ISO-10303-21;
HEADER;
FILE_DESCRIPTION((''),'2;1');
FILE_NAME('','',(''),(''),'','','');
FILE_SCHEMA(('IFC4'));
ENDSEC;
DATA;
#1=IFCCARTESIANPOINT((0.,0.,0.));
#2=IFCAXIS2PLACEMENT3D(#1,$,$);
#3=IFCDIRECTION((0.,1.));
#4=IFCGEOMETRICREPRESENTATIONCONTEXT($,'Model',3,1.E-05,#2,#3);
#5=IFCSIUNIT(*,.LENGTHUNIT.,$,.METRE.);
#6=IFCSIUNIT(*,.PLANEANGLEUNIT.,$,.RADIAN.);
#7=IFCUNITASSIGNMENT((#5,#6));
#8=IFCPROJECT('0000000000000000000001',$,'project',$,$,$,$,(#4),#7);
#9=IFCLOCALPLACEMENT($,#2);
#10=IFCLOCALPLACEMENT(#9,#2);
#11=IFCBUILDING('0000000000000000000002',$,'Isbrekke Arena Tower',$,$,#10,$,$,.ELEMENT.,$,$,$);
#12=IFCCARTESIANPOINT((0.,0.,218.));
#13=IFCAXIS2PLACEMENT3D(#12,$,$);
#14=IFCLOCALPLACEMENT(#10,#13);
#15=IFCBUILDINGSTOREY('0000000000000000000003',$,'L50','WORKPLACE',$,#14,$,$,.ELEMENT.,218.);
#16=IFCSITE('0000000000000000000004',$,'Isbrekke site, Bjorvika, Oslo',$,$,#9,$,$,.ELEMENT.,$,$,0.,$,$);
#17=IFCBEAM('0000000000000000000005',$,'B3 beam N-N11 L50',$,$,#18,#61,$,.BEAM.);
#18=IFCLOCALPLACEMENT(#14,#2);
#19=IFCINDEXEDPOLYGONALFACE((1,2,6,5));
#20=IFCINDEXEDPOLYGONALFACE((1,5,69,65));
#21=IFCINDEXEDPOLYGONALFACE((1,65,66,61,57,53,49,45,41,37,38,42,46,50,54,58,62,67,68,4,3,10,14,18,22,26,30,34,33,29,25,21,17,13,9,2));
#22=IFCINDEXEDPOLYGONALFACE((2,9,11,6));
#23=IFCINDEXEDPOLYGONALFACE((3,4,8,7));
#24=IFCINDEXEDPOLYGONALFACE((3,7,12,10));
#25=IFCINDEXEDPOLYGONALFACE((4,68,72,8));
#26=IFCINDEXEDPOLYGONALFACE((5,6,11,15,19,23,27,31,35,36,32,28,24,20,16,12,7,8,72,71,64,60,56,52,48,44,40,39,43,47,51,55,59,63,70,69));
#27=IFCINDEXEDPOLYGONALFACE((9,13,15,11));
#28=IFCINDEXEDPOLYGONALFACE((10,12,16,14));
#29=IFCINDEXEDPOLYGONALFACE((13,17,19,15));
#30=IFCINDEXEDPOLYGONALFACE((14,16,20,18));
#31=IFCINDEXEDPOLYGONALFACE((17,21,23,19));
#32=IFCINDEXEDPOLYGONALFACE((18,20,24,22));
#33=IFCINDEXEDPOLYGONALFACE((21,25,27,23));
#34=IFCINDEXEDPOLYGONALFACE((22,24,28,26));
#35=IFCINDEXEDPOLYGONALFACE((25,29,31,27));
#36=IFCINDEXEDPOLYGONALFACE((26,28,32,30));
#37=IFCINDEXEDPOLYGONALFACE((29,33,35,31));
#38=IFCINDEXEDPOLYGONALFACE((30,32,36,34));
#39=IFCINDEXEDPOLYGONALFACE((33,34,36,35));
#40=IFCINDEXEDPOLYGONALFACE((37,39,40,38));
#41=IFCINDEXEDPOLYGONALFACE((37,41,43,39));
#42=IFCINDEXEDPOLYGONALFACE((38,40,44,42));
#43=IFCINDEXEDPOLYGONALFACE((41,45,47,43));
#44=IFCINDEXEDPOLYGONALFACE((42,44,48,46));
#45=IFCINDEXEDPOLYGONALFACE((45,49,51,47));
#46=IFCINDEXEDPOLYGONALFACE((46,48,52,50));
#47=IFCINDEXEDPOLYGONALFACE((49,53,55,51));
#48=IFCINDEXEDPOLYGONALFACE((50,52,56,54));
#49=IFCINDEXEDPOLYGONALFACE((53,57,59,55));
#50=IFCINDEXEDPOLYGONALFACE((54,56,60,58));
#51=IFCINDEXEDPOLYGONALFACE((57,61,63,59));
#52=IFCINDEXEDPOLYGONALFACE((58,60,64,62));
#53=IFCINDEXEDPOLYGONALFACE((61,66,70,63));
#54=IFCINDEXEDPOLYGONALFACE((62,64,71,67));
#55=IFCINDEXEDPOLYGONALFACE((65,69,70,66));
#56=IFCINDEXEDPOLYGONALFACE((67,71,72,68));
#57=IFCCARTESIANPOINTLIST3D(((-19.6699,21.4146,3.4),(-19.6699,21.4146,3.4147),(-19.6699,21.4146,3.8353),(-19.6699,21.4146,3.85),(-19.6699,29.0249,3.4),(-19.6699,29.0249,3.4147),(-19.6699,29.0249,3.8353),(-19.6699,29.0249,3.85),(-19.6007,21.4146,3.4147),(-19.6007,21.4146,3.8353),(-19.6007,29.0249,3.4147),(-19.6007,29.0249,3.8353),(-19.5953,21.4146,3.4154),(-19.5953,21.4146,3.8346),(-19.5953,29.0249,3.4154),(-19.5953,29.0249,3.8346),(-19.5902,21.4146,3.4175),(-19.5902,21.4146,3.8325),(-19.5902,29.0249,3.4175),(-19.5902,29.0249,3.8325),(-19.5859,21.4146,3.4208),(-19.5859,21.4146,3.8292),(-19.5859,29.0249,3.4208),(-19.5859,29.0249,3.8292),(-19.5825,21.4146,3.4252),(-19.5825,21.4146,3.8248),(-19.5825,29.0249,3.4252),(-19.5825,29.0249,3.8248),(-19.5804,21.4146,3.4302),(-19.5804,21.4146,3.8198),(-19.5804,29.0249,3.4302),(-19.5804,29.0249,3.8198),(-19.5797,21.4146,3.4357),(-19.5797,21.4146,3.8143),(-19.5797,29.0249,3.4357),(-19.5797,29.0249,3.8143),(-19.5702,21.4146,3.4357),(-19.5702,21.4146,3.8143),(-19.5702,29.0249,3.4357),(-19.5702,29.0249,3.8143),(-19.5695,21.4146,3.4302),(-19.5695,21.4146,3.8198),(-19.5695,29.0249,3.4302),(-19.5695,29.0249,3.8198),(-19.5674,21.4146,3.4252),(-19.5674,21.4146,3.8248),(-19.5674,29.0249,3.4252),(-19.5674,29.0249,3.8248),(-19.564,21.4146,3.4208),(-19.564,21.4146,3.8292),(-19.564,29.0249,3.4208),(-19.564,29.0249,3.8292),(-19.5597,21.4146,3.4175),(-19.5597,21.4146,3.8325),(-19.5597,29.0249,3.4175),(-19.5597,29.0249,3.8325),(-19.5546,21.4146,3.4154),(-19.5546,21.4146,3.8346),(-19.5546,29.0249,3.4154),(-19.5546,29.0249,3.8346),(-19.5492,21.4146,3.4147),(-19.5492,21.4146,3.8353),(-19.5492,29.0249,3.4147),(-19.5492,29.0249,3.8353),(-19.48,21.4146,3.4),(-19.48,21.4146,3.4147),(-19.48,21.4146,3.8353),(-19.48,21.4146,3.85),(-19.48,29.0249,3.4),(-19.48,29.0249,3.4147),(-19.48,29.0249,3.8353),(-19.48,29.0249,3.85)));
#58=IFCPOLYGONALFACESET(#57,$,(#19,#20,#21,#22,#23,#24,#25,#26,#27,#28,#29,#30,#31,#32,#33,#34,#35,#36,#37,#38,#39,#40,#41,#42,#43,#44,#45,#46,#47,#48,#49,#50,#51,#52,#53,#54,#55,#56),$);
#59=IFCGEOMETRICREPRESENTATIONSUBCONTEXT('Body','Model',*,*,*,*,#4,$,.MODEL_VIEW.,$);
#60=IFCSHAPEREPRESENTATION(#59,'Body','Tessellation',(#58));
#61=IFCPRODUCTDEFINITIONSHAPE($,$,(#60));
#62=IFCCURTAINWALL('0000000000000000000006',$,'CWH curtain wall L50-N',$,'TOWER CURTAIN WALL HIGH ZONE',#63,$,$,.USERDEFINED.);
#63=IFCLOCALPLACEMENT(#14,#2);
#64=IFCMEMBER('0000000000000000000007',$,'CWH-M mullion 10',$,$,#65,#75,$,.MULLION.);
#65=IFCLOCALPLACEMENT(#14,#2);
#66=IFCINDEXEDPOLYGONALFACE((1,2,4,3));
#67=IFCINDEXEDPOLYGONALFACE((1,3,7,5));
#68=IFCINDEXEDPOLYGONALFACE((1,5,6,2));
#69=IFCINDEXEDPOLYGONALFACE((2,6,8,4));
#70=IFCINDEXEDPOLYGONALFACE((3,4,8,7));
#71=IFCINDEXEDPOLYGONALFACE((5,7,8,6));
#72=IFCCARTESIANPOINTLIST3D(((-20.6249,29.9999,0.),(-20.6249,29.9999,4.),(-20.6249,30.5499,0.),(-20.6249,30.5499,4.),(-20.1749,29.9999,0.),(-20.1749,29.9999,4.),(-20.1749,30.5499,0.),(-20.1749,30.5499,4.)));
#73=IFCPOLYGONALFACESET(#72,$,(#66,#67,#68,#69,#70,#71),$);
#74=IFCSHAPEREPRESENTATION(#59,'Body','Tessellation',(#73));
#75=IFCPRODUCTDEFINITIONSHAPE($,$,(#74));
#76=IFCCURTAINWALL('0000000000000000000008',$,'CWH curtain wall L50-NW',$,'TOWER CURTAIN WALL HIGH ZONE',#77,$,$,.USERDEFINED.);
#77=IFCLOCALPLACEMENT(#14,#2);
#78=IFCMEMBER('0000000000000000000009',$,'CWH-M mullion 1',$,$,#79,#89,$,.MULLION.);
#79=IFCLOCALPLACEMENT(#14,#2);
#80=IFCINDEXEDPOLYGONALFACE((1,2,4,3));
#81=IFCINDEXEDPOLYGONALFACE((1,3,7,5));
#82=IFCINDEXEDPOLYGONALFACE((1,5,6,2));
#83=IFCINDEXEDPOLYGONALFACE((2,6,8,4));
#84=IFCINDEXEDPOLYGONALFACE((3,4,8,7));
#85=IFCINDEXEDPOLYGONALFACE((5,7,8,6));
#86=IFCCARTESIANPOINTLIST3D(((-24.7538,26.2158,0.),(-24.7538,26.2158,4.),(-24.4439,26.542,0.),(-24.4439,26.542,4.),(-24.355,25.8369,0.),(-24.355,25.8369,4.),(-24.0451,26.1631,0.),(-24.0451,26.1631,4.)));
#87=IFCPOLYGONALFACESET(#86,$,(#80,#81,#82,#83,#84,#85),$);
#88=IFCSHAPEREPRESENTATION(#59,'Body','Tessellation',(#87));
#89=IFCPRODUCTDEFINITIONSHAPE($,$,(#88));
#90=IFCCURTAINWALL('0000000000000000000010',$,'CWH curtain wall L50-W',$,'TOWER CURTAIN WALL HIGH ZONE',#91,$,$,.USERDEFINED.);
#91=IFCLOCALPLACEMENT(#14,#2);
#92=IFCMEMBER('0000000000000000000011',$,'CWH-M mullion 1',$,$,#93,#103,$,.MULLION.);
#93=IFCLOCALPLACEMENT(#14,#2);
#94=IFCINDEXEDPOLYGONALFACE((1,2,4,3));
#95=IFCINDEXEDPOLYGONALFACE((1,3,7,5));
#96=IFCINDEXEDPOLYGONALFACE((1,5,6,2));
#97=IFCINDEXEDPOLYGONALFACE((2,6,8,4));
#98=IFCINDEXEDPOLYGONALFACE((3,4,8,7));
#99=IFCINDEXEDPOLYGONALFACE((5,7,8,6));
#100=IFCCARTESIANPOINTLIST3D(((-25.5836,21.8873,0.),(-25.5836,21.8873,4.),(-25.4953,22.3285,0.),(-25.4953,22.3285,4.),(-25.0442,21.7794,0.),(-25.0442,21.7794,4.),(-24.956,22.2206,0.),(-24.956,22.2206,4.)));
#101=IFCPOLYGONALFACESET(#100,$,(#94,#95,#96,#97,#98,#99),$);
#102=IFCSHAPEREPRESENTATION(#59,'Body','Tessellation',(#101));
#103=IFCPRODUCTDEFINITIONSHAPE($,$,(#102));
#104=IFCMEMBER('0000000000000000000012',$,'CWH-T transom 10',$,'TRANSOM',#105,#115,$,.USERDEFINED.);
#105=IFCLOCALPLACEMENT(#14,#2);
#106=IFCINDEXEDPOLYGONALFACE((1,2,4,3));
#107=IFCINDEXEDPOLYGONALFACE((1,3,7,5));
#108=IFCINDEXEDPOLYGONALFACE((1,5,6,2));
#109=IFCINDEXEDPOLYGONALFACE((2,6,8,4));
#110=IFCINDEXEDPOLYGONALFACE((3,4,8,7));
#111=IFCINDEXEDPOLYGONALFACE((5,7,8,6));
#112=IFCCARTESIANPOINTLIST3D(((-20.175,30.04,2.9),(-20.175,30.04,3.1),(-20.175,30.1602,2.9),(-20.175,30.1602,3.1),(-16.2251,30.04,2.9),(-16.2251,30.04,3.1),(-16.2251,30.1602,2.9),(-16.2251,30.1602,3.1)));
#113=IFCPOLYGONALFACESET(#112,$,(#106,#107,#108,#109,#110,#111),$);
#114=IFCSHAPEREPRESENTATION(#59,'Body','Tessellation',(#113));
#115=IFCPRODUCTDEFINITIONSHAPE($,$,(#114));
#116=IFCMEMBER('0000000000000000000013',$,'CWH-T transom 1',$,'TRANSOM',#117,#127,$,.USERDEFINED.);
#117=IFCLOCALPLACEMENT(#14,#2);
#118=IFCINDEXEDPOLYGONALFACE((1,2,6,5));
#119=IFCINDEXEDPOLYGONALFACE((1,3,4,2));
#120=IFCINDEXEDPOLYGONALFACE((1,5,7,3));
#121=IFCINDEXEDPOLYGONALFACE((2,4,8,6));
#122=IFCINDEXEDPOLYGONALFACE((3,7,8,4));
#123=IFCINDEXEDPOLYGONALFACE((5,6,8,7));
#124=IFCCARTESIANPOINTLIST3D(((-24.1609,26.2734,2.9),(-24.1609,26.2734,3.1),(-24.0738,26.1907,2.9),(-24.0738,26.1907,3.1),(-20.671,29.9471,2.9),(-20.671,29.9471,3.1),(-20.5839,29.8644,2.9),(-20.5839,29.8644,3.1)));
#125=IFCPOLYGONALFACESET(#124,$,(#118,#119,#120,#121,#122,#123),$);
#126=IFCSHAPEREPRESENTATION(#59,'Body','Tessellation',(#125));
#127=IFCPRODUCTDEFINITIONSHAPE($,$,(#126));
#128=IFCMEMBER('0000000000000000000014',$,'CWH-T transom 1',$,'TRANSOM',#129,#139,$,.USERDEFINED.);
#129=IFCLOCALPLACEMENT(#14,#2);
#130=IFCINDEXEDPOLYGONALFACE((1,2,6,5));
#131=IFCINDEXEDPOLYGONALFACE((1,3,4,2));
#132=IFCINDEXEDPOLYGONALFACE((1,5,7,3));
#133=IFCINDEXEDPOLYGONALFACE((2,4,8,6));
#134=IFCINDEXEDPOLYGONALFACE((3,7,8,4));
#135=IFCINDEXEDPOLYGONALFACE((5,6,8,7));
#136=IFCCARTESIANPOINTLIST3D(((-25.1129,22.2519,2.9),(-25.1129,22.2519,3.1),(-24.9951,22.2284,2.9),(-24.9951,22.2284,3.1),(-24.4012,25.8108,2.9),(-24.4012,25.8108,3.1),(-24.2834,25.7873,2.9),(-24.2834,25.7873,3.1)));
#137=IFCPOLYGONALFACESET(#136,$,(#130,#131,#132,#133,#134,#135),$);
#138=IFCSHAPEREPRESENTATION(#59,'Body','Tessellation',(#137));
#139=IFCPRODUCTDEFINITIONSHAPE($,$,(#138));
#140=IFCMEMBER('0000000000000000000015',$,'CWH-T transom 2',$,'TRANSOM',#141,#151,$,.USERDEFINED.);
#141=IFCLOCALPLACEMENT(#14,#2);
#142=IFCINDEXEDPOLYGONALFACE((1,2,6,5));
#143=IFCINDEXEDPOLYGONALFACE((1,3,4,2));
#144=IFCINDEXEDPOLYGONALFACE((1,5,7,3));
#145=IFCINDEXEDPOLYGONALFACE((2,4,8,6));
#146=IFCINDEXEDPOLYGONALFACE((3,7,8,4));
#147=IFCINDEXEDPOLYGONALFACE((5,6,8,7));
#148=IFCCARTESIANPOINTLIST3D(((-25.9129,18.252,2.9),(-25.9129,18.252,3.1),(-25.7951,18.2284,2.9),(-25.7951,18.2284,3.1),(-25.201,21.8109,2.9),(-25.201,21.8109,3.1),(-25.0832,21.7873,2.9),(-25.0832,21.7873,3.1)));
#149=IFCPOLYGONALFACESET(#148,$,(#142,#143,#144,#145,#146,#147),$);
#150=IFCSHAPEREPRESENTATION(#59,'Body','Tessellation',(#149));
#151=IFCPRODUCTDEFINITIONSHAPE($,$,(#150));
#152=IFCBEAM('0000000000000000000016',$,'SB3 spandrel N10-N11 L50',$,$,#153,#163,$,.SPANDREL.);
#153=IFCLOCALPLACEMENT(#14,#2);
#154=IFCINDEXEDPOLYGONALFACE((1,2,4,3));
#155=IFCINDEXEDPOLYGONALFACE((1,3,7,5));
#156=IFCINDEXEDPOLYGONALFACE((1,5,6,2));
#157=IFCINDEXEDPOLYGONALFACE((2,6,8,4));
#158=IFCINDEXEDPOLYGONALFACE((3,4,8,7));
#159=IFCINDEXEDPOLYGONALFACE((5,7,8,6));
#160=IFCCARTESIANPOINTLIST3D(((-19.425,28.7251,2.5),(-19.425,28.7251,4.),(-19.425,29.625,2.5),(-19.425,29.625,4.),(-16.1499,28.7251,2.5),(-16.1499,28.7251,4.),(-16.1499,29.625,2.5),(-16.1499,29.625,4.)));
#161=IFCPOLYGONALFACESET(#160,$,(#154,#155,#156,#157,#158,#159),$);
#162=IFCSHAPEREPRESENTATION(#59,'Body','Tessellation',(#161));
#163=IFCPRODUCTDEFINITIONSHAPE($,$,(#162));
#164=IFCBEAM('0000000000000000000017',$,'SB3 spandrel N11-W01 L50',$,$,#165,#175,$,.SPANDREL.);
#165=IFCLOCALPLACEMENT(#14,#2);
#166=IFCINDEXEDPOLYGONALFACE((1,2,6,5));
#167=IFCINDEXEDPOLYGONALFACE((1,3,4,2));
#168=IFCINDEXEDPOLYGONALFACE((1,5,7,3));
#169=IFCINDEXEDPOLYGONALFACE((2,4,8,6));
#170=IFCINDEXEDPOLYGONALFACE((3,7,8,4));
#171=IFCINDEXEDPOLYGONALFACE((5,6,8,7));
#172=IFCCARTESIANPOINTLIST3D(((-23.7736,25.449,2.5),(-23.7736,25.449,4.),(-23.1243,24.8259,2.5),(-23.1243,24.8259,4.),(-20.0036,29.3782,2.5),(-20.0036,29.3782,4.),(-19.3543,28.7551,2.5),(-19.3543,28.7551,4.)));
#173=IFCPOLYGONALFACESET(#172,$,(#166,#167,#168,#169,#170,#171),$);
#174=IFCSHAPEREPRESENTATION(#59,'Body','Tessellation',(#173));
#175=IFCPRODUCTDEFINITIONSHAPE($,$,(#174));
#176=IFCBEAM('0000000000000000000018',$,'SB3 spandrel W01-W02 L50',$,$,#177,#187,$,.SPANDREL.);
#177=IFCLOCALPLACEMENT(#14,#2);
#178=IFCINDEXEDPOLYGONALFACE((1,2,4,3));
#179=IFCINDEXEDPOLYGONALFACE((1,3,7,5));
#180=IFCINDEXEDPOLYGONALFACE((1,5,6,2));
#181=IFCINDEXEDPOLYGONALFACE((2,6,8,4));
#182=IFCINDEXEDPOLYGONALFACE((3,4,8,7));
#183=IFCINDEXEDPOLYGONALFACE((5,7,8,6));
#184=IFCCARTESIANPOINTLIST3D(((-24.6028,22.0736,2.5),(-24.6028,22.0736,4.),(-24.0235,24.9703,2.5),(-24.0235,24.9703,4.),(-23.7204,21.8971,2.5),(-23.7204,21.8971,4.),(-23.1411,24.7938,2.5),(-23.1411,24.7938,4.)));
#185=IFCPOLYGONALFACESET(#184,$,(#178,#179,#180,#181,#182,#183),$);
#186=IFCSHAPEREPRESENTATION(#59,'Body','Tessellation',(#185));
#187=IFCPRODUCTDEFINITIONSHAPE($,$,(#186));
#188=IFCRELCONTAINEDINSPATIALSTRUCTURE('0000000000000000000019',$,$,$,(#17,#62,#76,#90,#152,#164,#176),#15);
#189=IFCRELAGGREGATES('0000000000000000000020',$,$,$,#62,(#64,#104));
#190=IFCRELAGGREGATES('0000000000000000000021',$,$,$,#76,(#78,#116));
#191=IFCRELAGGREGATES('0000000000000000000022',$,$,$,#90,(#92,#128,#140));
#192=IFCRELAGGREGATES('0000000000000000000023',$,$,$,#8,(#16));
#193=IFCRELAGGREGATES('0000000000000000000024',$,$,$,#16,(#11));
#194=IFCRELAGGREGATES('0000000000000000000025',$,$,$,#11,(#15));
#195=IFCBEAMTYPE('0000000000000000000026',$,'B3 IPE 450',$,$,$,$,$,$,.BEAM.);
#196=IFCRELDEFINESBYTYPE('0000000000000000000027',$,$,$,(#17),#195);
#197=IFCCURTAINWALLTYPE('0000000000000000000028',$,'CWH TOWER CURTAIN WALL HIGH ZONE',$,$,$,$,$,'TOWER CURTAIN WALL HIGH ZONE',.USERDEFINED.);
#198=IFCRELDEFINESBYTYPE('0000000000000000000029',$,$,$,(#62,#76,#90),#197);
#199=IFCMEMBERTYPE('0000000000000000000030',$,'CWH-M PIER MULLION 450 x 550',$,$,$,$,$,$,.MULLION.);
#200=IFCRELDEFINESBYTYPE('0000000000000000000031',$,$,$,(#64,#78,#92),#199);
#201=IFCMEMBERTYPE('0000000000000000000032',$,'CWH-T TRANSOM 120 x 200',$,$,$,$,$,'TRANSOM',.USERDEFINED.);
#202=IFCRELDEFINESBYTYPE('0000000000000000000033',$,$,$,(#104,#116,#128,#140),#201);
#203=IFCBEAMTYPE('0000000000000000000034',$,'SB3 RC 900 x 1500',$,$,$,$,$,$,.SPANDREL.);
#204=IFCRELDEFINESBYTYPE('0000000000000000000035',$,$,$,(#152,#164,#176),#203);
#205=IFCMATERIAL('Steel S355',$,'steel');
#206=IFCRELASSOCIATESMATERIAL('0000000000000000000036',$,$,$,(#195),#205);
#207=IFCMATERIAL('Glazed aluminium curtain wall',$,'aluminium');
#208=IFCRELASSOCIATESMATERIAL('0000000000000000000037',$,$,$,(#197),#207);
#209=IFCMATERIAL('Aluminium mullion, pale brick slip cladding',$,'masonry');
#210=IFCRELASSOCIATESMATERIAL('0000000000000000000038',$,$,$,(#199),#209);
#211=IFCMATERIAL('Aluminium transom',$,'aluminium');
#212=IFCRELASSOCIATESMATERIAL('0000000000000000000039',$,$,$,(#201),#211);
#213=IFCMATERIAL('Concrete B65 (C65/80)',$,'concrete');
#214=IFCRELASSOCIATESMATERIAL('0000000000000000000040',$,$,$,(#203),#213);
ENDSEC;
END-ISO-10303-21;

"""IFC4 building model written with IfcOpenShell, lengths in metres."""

from ifc_helpers import new_model, si_unit, direction, frame, origin, origin_2d, place, context, subcontext, project, spatial, rectangle, i_section, extrude, material, material_profile, profile_set, type_object, element, aggregate, save


model = new_model("IFC4")

# Units and contexts
model_context = context("Model", 3, precision=1e-05, world=origin(), true_north=direction((0.0, 1.0)))
body_context = subcontext(model_context, "Body", "Model", "MODEL_VIEW")
ifc_project = project(units=[si_unit("LENGTHUNIT", "METRE"), si_unit("PLANEANGLEUNIT", "RADIAN")], contexts=[model_context])

# Site, building, storey
site_placement = place(None, origin())
site = spatial("IfcSite", under=ifc_project, at=site_placement, Name="Isbrekke site, Bjorvika, Oslo", CompositionType="ELEMENT", RefElevation=0.0)
building_placement = place(site_placement, origin())
building = spatial("IfcBuilding", under=site, at=building_placement, Name="Isbrekke Arena Tower", CompositionType="ELEMENT")
storey_placement = place(building_placement, frame((0.0, 0.0, 218.0)))
storey = spatial("IfcBuildingStorey", under=building, at=storey_placement, Name="L50", Description="WORKPLACE", CompositionType="ELEMENT", Elevation=218.0)

# Beam
ifc_material_1 = material(Name="Steel S355", Category="steel")
ifc_material_profile_1 = material_profile(ifc_material_1, i_section(OverallWidth=0.1899, OverallDepth=0.45, WebThickness=0.0095, FlangeThickness=0.0146, FilletRadius=0.021, at=origin_2d()), Name="IPE 450")
ifc_profile_set_1 = profile_set([ifc_material_profile_1], Name="Steel S355")
beam_type_1 = type_object("IfcBeamType", Name="B3 IPE 450", PredefinedType="BEAM", material=ifc_profile_set_1)
beam_1_placement = place(storey_placement, frame((-19.575, 29.0249, 3.625), z_axis=(0.0, -1.0, 0.0), x_axis=(1.0, 0.0, 0.0)))
element("IfcBeam", 1, at=beam_1_placement, inside=storey, type_object=beam_type_1, Name="B3 beam N-N11 L50", PredefinedType="BEAM", context=body_context, shape_type="SweptSolid", body=[
    extrude(i_section(OverallWidth=0.1899, OverallDepth=0.45, WebThickness=0.0095, FlangeThickness=0.0146, FilletRadius=0.021, at=origin_2d()), origin(), (0.0, 0.0, 1.0), 7.6104),
])

# Curtain walls, members
ifc_material_2 = material(Name="Glazed aluminium curtain wall", Category="aluminium")
curtain_wall_type = type_object("IfcCurtainWallType", Name="CWH TOWER CURTAIN WALL HIGH ZONE", ElementType="TOWER CURTAIN WALL HIGH ZONE", PredefinedType="USERDEFINED", material=ifc_material_2)
curtain_wall_1_placement = place(storey_placement, origin())
curtain_wall_1 = element("IfcCurtainWall", 2, at=curtain_wall_1_placement, inside=storey, type_object=curtain_wall_type, Name="CWH curtain wall L50-N", ObjectType="TOWER CURTAIN WALL HIGH ZONE", PredefinedType="USERDEFINED")
ifc_material_3 = material(Name="Aluminium mullion, pale brick slip cladding", Category="masonry")
ifc_material_profile_2 = material_profile(ifc_material_3, rectangle(XDim=0.45, YDim=0.55, at=origin_2d()), Name="PIER 450X550")
ifc_profile_set_2 = profile_set([ifc_material_profile_2], Name="Aluminium mullion, pale brick slip cladding")
member_type_1 = type_object("IfcMemberType", Name="CWH-M PIER MULLION 450 x 550", PredefinedType="MULLION", material=ifc_profile_set_2)
member_1_placement = place(storey_placement, frame((-20.3999, 30.2749, 0.0), z_axis=(0.0, 0.0, 1.0), x_axis=(-1.0, 0.0, 0.0)))
member_1 = element("IfcMember", 3, at=member_1_placement, type_object=member_type_1, Name="CWH-M mullion 10", PredefinedType="MULLION", context=body_context, shape_type="SweptSolid", body=[
    extrude(rectangle(XDim=0.45, YDim=0.55, at=origin_2d()), origin(), (0.0, 0.0, 1.0), 4.0),
])
curtain_wall_2_placement = place(storey_placement, origin())
curtain_wall_2 = element("IfcCurtainWall", 4, at=curtain_wall_2_placement, inside=storey, type_object=curtain_wall_type, Name="CWH curtain wall L50-NW", ObjectType="TOWER CURTAIN WALL HIGH ZONE", PredefinedType="USERDEFINED")
member_2_placement = place(storey_placement, frame((-24.3994, 26.1895, 0.0), z_axis=(0.0, 0.0, 1.0), x_axis=(-0.688749, -0.724999, 0.0)))
member_2 = element("IfcMember", 5, at=member_2_placement, type_object=member_type_1, Name="CWH-M mullion 1", PredefinedType="MULLION", context=body_context, shape_type="SweptSolid", body=[
    extrude(rectangle(XDim=0.45, YDim=0.55, at=origin_2d()), origin(), (0.0, 0.0, 1.0), 4.0),
])
curtain_wall_3_placement = place(storey_placement, origin())
curtain_wall_3 = element("IfcCurtainWall", 6, at=curtain_wall_3_placement, inside=storey, type_object=curtain_wall_type, Name="CWH curtain wall L50-W", ObjectType="TOWER CURTAIN WALL HIGH ZONE", PredefinedType="USERDEFINED")
member_3_placement = place(storey_placement, frame((-25.2698, 22.054, 0.0), z_axis=(0.0, 0.0, 1.0), x_axis=(-0.196116, -0.980581, 0.0)))
member_3 = element("IfcMember", 7, at=member_3_placement, type_object=member_type_1, Name="CWH-M mullion 1", PredefinedType="MULLION", context=body_context, shape_type="SweptSolid", body=[
    extrude(rectangle(XDim=0.45, YDim=0.55, at=origin_2d()), origin(), (0.0, 0.0, 1.0), 4.0),
])

# Members
ifc_material_4 = material(Name="Aluminium transom", Category="aluminium")
ifc_material_profile_3 = material_profile(ifc_material_4, rectangle(XDim=0.1201, YDim=0.2, at=origin_2d()), Name="TRANSOM 120X200")
ifc_profile_set_3 = profile_set([ifc_material_profile_3], Name="Aluminium transom")
member_type_2 = type_object("IfcMemberType", Name="CWH-T TRANSOM 120 x 200", ElementType="TRANSOM", PredefinedType="USERDEFINED", material=ifc_profile_set_3)
member_4_placement = place(storey_placement, frame((-16.2251, 30.1001, 3.0), z_axis=(-1.0, 0.0, 0.0), x_axis=(0.0, -1.0, 0.0)))
member_4 = element("IfcMember", 8, at=member_4_placement, type_object=member_type_2, Name="CWH-T transom 10", ObjectType="TRANSOM", PredefinedType="USERDEFINED", context=body_context, shape_type="SweptSolid", body=[
    extrude(rectangle(XDim=0.1201, YDim=0.2, at=origin_2d()), origin(), (0.0, 0.0, 1.0), 3.95),
])
member_5_placement = place(storey_placement, frame((-20.6274, 29.9058, 3.0), z_axis=(-0.688734, -0.725014, 0.0), x_axis=(0.725014, -0.688734, 0.0)))
member_5 = element("IfcMember", 9, at=member_5_placement, type_object=member_type_2, Name="CWH-T transom 1", ObjectType="TRANSOM", PredefinedType="USERDEFINED", context=body_context, shape_type="SweptSolid", body=[
    extrude(rectangle(XDim=0.1201, YDim=0.2, at=origin_2d()), origin(), (0.0, 0.0, 1.0), 5.0671),
])
member_6_placement = place(storey_placement, frame((-24.3423, 25.7991, 3.0), z_axis=(-0.19609, -0.980586, 0.0), x_axis=(0.980586, -0.19609, 0.0)))
member_6 = element("IfcMember", 10, at=member_6_placement, type_object=member_type_2, Name="CWH-T transom 1", ObjectType="TRANSOM", PredefinedType="USERDEFINED", context=body_context, shape_type="SweptSolid", body=[
    extrude(rectangle(XDim=0.1201, YDim=0.2, at=origin_2d()), origin(), (0.0, 0.0, 1.0), 3.6294),
])
member_7_placement = place(storey_placement, frame((-25.1421, 21.7991, 3.0), z_axis=(-0.196155, -0.980573, 0.0), x_axis=(0.980573, -0.196155, 0.0)))
member_7 = element("IfcMember", 11, at=member_7_placement, type_object=member_type_2, Name="CWH-T transom 2", ObjectType="TRANSOM", PredefinedType="USERDEFINED", context=body_context, shape_type="SweptSolid", body=[
    extrude(rectangle(XDim=0.1201, YDim=0.2, at=origin_2d()), origin(), (0.0, 0.0, 1.0), 3.6294),
])

# Beams
ifc_material_5 = material(Name="Concrete B65 (C65/80)", Category="concrete")
ifc_material_profile_4 = material_profile(ifc_material_5, rectangle(XDim=0.8999, YDim=1.5, at=origin_2d()), Name="RC 900x1500")
ifc_profile_set_4 = profile_set([ifc_material_profile_4], Name="Concrete B65 (C65/80)")
beam_type_2 = type_object("IfcBeamType", Name="SB3 RC 900 x 1500", PredefinedType="SPANDREL", material=ifc_profile_set_4)
beam_2_placement = place(storey_placement, frame((-16.1499, 29.175, 3.25), z_axis=(-1.0, 0.0, 0.0), x_axis=(0.0, -1.0, 0.0)))
element("IfcBeam", 12, at=beam_2_placement, inside=storey, type_object=beam_type_2, Name="SB3 spandrel N10-N11 L50", PredefinedType="SPANDREL", context=body_context, shape_type="SweptSolid", body=[
    extrude(rectangle(XDim=0.8999, YDim=1.5, at=origin_2d()), origin(), (0.0, 0.0, 1.0), 3.2751),
])
beam_3_placement = place(storey_placement, frame((-19.679, 29.0667, 3.25), z_axis=(-0.69234, -0.721572, 0.0), x_axis=(0.721572, -0.69234, 0.0)))
element("IfcBeam", 13, at=beam_3_placement, inside=storey, type_object=beam_type_2, Name="SB3 spandrel N11-W01 L50", PredefinedType="SPANDREL", context=body_context, shape_type="SweptSolid", body=[
    extrude(rectangle(XDim=0.8999, YDim=1.5, at=origin_2d()), origin(), (0.0, 0.0, 1.0), 5.4453),
])
beam_4_placement = place(storey_placement, frame((-23.5823, 24.8821, 3.25), z_axis=(-0.196116, -0.980581, 0.0), x_axis=(0.980581, -0.196116, 0.0)))
element("IfcBeam", 14, at=beam_4_placement, inside=storey, type_object=beam_type_2, Name="SB3 spandrel W01-W02 L50", PredefinedType="SPANDREL", context=body_context, shape_type="SweptSolid", body=[
    extrude(rectangle(XDim=0.8999, YDim=1.5, at=origin_2d()), origin(), (0.0, 0.0, 1.0), 2.9541),
])

aggregate(curtain_wall_1, [member_1, member_4])
aggregate(curtain_wall_2, [member_2, member_5])
aggregate(curtain_wall_3, [member_3, member_6, member_7])

save(model, "model.ifc")
